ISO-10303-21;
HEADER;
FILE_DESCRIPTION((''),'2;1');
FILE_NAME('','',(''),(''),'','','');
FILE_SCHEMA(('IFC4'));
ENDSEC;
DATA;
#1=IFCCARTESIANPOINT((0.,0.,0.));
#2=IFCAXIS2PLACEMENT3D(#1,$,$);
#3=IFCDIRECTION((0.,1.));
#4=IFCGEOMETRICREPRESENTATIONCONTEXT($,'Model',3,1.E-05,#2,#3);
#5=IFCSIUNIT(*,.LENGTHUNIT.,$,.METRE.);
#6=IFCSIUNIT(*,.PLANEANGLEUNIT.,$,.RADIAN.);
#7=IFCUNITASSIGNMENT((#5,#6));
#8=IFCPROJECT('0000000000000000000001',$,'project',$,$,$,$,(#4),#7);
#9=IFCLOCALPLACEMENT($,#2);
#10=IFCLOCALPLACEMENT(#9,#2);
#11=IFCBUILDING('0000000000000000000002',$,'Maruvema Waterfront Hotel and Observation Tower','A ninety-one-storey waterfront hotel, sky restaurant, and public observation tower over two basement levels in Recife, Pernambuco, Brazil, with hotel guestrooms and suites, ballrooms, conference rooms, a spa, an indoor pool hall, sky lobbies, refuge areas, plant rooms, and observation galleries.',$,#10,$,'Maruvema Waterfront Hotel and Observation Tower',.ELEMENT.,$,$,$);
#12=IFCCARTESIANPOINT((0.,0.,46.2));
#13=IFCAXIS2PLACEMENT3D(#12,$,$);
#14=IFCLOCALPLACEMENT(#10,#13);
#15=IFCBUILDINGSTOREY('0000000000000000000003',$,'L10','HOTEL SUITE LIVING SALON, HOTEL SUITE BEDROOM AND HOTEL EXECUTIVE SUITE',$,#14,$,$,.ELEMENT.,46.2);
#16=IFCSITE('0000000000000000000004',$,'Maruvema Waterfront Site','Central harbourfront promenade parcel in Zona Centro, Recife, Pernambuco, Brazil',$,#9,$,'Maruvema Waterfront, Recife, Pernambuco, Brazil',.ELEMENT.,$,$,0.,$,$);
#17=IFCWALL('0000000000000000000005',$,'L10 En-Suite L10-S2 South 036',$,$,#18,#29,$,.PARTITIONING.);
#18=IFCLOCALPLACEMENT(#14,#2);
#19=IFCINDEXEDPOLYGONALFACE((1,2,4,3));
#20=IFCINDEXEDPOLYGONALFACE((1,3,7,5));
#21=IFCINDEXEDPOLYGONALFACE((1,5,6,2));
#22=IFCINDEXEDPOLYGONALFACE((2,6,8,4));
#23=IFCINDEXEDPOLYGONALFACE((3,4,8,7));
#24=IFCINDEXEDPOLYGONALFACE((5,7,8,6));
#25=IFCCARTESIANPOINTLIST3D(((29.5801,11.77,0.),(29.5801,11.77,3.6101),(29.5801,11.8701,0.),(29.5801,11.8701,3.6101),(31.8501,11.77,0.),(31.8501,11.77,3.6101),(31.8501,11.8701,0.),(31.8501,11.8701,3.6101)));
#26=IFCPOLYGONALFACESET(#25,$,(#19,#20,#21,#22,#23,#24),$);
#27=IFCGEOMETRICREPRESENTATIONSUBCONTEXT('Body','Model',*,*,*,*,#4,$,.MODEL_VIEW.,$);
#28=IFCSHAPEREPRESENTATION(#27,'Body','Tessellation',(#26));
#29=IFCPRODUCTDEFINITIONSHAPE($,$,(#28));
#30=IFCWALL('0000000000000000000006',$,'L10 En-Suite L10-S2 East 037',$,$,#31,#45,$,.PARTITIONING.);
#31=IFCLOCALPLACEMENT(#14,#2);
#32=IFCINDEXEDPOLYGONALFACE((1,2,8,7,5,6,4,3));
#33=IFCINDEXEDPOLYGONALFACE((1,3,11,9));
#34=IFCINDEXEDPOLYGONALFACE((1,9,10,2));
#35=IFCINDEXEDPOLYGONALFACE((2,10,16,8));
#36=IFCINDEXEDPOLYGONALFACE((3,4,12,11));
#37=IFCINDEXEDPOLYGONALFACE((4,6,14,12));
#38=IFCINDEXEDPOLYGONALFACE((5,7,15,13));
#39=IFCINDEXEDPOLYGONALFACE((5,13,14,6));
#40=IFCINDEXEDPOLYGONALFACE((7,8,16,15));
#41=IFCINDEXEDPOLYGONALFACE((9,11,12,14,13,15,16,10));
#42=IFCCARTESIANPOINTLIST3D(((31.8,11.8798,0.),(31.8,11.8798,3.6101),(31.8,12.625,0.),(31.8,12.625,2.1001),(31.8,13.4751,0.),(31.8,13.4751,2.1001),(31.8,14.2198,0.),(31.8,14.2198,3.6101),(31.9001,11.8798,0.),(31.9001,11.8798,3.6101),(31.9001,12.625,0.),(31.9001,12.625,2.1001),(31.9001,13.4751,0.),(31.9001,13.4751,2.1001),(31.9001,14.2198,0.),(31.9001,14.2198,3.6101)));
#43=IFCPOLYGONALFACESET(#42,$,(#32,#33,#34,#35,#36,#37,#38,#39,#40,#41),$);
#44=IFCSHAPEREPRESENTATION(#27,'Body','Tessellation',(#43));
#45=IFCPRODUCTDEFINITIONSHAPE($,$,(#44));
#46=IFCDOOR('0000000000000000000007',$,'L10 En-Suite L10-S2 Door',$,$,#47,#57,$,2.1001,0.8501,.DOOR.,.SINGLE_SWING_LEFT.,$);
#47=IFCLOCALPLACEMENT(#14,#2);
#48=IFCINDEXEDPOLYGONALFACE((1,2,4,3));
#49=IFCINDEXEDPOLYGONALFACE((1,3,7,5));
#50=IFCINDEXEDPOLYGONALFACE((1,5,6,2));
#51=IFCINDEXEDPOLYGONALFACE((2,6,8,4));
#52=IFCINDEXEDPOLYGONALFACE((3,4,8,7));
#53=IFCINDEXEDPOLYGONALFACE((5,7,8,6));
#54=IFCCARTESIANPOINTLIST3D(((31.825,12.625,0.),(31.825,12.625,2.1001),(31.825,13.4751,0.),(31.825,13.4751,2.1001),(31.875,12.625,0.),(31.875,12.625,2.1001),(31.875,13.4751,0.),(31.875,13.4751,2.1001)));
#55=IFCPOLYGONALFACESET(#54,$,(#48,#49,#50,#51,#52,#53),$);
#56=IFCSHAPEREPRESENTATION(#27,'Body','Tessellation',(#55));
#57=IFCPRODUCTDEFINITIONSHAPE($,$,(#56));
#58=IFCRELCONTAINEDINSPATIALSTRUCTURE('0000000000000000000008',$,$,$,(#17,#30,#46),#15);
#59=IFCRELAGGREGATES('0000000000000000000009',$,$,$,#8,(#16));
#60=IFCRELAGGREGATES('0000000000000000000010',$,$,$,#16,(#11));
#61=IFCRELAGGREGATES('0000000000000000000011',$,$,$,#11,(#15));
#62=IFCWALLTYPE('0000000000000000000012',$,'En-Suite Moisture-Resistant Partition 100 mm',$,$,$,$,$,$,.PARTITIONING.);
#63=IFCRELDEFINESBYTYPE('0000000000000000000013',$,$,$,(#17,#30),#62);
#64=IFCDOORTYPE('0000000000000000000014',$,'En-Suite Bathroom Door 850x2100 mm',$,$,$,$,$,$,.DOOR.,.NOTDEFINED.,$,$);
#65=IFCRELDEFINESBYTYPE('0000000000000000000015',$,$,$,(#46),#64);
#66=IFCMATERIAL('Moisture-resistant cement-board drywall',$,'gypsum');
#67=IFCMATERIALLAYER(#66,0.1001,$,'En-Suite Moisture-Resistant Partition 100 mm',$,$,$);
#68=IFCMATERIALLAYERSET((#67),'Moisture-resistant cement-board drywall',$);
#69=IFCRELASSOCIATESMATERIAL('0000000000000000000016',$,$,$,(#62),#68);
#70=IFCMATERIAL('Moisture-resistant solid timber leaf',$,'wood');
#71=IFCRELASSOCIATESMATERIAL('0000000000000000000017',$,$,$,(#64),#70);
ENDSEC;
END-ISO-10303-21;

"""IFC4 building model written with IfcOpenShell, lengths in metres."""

from ifc_helpers import new_model, si_unit, direction, frame, frame_2d, origin, place, context, subcontext, project, spatial, rectangle, extrude, material, layer, layer_set, type_object, element, fill, save


model = new_model("IFC4")

# Units and contexts
model_context = context("Model", 3, precision=1e-05, world=origin(), true_north=direction((0.0, 1.0)))
body_context = subcontext(model_context, "Body", "Model", "MODEL_VIEW")
ifc_project = project(units=[si_unit("LENGTHUNIT", "METRE"), si_unit("PLANEANGLEUNIT", "RADIAN")], contexts=[model_context])

# Site, building, storey
site_placement = place(None, origin())
site = spatial("IfcSite", under=ifc_project, at=site_placement, Name="Maruvema Waterfront Site", Description="Central harbourfront promenade parcel in Zona Centro, Recife, Pernambuco, Brazil", LongName="Maruvema Waterfront, Recife, Pernambuco, Brazil", CompositionType="ELEMENT", RefElevation=0.0)
building_placement = place(site_placement, origin())
building = spatial("IfcBuilding", under=site, at=building_placement, Name="Maruvema Waterfront Hotel and Observation Tower", Description="A ninety-one-storey waterfront hotel, sky restaurant, and public observation tower over two basement levels in Recife, Pernambuco, Brazil, with hotel guestrooms and suites, ballrooms, conference rooms, a spa, an indoor pool hall, sky lobbies, refuge areas, plant rooms, and observation galleries.", LongName="Maruvema Waterfront Hotel and Observation Tower", CompositionType="ELEMENT")
storey_placement = place(building_placement, frame((0.0, 0.0, 46.2)))
storey = spatial("IfcBuildingStorey", under=building, at=storey_placement, Name="L10", Description="HOTEL SUITE LIVING SALON, HOTEL SUITE BEDROOM AND HOTEL EXECUTIVE SUITE", CompositionType="ELEMENT", Elevation=46.2)

# Shared definitions
ifc_material_1 = material(Name="Moisture-resistant cement-board drywall", Category="gypsum")
ifc_layer_1 = layer(ifc_material_1, 0.1001, Name="En-Suite Moisture-Resistant Partition 100 mm")
ifc_layer_set_1 = layer_set([ifc_layer_1], Name="Moisture-resistant cement-board drywall")
wall_type_1 = type_object("IfcWallType", Name="En-Suite Moisture-Resistant Partition 100 mm", PredefinedType="PARTITIONING", material=ifc_layer_set_1)

# Shared definitions
ifc_material_2 = material(Name="Moisture-resistant solid timber leaf", Category="wood")
door_type_1 = type_object("IfcDoorType", Name="En-Suite Bathroom Door 850x2100 mm", OperationType="NOTDEFINED", PredefinedType="DOOR", material=ifc_material_2)

# Wall
wall_1_placement = place(storey_placement, frame((29.5801, 11.8201, 0.0), z_axis=(0.0, 0.0, 1.0), x_axis=(1.0, 0.0, 0.0)))
element("IfcWall", 1, at=wall_1_placement, inside=storey, type_object=wall_type_1, Name="L10 En-Suite L10-S2 South 036", PredefinedType="PARTITIONING", context=body_context, shape_type="SweptSolid", body=[
    extrude(rectangle(XDim=2.27, YDim=0.1001, at=frame_2d((1.135, 0.0))), origin(), (0.0, 0.0, 1.0), 3.6101),
])

# Wall, opening, door
wall_2_placement = place(storey_placement, frame((31.8501, 11.8799, 0.0), z_axis=(0.0, 0.0, 1.0), x_axis=(0.0, 1.0, 0.0)))
wall_2 = element("IfcWall", 2, at=wall_2_placement, inside=storey, type_object=wall_type_1, Name="L10 En-Suite L10-S2 East 037", PredefinedType="PARTITIONING", context=body_context, shape_type="SweptSolid", body=[
    extrude(rectangle(XDim=2.3401, YDim=0.1001, at=frame_2d((1.1699, 0.0))), origin(), (0.0, 0.0, 1.0), 3.6101),
])
opening_1_placement = place(wall_2_placement, frame((0.7451, 0.0, 0.0)))
opening_1 = element("IfcOpeningElement", 3, at=opening_1_placement, cuts=wall_2, PredefinedType="OPENING", context=body_context, shape_type="SweptSolid", body=[
    extrude(rectangle(XDim=0.8501, YDim=2.1001, at=frame_2d((0.425, 1.05))), frame((0.0, 0.0601, 0.0), z_axis=(0.0, -1.0, 0.0), x_axis=(1.0, 0.0, 0.0)), (0.0, 0.0, 1.0), 0.1201),
])
door_1_placement = place(opening_1_placement, frame((0.8501, 0.0, 0.0), z_axis=(0.0, 0.0, 1.0), x_axis=(-1.0, 0.0, 0.0)))
door_1 = element("IfcDoor", 4, at=door_1_placement, inside=storey, type_object=door_type_1, Name="L10 En-Suite L10-S2 Door", OperationType="SINGLE_SWING_LEFT", OverallHeight=2.1001, OverallWidth=0.8501, PredefinedType="DOOR", context=body_context, shape_type="SweptSolid", body=[
    extrude(rectangle(XDim=0.8501, YDim=2.1001, at=frame_2d((0.425, 1.05))), frame((0.0, 0.0249, 0.0), z_axis=(0.0, -1.0, 0.0), x_axis=(1.0, 0.0, 0.0)), (0.0, 0.0, 1.0), 0.05),
])
fill(opening_1, door_1)

save(model, "model.ifc")
